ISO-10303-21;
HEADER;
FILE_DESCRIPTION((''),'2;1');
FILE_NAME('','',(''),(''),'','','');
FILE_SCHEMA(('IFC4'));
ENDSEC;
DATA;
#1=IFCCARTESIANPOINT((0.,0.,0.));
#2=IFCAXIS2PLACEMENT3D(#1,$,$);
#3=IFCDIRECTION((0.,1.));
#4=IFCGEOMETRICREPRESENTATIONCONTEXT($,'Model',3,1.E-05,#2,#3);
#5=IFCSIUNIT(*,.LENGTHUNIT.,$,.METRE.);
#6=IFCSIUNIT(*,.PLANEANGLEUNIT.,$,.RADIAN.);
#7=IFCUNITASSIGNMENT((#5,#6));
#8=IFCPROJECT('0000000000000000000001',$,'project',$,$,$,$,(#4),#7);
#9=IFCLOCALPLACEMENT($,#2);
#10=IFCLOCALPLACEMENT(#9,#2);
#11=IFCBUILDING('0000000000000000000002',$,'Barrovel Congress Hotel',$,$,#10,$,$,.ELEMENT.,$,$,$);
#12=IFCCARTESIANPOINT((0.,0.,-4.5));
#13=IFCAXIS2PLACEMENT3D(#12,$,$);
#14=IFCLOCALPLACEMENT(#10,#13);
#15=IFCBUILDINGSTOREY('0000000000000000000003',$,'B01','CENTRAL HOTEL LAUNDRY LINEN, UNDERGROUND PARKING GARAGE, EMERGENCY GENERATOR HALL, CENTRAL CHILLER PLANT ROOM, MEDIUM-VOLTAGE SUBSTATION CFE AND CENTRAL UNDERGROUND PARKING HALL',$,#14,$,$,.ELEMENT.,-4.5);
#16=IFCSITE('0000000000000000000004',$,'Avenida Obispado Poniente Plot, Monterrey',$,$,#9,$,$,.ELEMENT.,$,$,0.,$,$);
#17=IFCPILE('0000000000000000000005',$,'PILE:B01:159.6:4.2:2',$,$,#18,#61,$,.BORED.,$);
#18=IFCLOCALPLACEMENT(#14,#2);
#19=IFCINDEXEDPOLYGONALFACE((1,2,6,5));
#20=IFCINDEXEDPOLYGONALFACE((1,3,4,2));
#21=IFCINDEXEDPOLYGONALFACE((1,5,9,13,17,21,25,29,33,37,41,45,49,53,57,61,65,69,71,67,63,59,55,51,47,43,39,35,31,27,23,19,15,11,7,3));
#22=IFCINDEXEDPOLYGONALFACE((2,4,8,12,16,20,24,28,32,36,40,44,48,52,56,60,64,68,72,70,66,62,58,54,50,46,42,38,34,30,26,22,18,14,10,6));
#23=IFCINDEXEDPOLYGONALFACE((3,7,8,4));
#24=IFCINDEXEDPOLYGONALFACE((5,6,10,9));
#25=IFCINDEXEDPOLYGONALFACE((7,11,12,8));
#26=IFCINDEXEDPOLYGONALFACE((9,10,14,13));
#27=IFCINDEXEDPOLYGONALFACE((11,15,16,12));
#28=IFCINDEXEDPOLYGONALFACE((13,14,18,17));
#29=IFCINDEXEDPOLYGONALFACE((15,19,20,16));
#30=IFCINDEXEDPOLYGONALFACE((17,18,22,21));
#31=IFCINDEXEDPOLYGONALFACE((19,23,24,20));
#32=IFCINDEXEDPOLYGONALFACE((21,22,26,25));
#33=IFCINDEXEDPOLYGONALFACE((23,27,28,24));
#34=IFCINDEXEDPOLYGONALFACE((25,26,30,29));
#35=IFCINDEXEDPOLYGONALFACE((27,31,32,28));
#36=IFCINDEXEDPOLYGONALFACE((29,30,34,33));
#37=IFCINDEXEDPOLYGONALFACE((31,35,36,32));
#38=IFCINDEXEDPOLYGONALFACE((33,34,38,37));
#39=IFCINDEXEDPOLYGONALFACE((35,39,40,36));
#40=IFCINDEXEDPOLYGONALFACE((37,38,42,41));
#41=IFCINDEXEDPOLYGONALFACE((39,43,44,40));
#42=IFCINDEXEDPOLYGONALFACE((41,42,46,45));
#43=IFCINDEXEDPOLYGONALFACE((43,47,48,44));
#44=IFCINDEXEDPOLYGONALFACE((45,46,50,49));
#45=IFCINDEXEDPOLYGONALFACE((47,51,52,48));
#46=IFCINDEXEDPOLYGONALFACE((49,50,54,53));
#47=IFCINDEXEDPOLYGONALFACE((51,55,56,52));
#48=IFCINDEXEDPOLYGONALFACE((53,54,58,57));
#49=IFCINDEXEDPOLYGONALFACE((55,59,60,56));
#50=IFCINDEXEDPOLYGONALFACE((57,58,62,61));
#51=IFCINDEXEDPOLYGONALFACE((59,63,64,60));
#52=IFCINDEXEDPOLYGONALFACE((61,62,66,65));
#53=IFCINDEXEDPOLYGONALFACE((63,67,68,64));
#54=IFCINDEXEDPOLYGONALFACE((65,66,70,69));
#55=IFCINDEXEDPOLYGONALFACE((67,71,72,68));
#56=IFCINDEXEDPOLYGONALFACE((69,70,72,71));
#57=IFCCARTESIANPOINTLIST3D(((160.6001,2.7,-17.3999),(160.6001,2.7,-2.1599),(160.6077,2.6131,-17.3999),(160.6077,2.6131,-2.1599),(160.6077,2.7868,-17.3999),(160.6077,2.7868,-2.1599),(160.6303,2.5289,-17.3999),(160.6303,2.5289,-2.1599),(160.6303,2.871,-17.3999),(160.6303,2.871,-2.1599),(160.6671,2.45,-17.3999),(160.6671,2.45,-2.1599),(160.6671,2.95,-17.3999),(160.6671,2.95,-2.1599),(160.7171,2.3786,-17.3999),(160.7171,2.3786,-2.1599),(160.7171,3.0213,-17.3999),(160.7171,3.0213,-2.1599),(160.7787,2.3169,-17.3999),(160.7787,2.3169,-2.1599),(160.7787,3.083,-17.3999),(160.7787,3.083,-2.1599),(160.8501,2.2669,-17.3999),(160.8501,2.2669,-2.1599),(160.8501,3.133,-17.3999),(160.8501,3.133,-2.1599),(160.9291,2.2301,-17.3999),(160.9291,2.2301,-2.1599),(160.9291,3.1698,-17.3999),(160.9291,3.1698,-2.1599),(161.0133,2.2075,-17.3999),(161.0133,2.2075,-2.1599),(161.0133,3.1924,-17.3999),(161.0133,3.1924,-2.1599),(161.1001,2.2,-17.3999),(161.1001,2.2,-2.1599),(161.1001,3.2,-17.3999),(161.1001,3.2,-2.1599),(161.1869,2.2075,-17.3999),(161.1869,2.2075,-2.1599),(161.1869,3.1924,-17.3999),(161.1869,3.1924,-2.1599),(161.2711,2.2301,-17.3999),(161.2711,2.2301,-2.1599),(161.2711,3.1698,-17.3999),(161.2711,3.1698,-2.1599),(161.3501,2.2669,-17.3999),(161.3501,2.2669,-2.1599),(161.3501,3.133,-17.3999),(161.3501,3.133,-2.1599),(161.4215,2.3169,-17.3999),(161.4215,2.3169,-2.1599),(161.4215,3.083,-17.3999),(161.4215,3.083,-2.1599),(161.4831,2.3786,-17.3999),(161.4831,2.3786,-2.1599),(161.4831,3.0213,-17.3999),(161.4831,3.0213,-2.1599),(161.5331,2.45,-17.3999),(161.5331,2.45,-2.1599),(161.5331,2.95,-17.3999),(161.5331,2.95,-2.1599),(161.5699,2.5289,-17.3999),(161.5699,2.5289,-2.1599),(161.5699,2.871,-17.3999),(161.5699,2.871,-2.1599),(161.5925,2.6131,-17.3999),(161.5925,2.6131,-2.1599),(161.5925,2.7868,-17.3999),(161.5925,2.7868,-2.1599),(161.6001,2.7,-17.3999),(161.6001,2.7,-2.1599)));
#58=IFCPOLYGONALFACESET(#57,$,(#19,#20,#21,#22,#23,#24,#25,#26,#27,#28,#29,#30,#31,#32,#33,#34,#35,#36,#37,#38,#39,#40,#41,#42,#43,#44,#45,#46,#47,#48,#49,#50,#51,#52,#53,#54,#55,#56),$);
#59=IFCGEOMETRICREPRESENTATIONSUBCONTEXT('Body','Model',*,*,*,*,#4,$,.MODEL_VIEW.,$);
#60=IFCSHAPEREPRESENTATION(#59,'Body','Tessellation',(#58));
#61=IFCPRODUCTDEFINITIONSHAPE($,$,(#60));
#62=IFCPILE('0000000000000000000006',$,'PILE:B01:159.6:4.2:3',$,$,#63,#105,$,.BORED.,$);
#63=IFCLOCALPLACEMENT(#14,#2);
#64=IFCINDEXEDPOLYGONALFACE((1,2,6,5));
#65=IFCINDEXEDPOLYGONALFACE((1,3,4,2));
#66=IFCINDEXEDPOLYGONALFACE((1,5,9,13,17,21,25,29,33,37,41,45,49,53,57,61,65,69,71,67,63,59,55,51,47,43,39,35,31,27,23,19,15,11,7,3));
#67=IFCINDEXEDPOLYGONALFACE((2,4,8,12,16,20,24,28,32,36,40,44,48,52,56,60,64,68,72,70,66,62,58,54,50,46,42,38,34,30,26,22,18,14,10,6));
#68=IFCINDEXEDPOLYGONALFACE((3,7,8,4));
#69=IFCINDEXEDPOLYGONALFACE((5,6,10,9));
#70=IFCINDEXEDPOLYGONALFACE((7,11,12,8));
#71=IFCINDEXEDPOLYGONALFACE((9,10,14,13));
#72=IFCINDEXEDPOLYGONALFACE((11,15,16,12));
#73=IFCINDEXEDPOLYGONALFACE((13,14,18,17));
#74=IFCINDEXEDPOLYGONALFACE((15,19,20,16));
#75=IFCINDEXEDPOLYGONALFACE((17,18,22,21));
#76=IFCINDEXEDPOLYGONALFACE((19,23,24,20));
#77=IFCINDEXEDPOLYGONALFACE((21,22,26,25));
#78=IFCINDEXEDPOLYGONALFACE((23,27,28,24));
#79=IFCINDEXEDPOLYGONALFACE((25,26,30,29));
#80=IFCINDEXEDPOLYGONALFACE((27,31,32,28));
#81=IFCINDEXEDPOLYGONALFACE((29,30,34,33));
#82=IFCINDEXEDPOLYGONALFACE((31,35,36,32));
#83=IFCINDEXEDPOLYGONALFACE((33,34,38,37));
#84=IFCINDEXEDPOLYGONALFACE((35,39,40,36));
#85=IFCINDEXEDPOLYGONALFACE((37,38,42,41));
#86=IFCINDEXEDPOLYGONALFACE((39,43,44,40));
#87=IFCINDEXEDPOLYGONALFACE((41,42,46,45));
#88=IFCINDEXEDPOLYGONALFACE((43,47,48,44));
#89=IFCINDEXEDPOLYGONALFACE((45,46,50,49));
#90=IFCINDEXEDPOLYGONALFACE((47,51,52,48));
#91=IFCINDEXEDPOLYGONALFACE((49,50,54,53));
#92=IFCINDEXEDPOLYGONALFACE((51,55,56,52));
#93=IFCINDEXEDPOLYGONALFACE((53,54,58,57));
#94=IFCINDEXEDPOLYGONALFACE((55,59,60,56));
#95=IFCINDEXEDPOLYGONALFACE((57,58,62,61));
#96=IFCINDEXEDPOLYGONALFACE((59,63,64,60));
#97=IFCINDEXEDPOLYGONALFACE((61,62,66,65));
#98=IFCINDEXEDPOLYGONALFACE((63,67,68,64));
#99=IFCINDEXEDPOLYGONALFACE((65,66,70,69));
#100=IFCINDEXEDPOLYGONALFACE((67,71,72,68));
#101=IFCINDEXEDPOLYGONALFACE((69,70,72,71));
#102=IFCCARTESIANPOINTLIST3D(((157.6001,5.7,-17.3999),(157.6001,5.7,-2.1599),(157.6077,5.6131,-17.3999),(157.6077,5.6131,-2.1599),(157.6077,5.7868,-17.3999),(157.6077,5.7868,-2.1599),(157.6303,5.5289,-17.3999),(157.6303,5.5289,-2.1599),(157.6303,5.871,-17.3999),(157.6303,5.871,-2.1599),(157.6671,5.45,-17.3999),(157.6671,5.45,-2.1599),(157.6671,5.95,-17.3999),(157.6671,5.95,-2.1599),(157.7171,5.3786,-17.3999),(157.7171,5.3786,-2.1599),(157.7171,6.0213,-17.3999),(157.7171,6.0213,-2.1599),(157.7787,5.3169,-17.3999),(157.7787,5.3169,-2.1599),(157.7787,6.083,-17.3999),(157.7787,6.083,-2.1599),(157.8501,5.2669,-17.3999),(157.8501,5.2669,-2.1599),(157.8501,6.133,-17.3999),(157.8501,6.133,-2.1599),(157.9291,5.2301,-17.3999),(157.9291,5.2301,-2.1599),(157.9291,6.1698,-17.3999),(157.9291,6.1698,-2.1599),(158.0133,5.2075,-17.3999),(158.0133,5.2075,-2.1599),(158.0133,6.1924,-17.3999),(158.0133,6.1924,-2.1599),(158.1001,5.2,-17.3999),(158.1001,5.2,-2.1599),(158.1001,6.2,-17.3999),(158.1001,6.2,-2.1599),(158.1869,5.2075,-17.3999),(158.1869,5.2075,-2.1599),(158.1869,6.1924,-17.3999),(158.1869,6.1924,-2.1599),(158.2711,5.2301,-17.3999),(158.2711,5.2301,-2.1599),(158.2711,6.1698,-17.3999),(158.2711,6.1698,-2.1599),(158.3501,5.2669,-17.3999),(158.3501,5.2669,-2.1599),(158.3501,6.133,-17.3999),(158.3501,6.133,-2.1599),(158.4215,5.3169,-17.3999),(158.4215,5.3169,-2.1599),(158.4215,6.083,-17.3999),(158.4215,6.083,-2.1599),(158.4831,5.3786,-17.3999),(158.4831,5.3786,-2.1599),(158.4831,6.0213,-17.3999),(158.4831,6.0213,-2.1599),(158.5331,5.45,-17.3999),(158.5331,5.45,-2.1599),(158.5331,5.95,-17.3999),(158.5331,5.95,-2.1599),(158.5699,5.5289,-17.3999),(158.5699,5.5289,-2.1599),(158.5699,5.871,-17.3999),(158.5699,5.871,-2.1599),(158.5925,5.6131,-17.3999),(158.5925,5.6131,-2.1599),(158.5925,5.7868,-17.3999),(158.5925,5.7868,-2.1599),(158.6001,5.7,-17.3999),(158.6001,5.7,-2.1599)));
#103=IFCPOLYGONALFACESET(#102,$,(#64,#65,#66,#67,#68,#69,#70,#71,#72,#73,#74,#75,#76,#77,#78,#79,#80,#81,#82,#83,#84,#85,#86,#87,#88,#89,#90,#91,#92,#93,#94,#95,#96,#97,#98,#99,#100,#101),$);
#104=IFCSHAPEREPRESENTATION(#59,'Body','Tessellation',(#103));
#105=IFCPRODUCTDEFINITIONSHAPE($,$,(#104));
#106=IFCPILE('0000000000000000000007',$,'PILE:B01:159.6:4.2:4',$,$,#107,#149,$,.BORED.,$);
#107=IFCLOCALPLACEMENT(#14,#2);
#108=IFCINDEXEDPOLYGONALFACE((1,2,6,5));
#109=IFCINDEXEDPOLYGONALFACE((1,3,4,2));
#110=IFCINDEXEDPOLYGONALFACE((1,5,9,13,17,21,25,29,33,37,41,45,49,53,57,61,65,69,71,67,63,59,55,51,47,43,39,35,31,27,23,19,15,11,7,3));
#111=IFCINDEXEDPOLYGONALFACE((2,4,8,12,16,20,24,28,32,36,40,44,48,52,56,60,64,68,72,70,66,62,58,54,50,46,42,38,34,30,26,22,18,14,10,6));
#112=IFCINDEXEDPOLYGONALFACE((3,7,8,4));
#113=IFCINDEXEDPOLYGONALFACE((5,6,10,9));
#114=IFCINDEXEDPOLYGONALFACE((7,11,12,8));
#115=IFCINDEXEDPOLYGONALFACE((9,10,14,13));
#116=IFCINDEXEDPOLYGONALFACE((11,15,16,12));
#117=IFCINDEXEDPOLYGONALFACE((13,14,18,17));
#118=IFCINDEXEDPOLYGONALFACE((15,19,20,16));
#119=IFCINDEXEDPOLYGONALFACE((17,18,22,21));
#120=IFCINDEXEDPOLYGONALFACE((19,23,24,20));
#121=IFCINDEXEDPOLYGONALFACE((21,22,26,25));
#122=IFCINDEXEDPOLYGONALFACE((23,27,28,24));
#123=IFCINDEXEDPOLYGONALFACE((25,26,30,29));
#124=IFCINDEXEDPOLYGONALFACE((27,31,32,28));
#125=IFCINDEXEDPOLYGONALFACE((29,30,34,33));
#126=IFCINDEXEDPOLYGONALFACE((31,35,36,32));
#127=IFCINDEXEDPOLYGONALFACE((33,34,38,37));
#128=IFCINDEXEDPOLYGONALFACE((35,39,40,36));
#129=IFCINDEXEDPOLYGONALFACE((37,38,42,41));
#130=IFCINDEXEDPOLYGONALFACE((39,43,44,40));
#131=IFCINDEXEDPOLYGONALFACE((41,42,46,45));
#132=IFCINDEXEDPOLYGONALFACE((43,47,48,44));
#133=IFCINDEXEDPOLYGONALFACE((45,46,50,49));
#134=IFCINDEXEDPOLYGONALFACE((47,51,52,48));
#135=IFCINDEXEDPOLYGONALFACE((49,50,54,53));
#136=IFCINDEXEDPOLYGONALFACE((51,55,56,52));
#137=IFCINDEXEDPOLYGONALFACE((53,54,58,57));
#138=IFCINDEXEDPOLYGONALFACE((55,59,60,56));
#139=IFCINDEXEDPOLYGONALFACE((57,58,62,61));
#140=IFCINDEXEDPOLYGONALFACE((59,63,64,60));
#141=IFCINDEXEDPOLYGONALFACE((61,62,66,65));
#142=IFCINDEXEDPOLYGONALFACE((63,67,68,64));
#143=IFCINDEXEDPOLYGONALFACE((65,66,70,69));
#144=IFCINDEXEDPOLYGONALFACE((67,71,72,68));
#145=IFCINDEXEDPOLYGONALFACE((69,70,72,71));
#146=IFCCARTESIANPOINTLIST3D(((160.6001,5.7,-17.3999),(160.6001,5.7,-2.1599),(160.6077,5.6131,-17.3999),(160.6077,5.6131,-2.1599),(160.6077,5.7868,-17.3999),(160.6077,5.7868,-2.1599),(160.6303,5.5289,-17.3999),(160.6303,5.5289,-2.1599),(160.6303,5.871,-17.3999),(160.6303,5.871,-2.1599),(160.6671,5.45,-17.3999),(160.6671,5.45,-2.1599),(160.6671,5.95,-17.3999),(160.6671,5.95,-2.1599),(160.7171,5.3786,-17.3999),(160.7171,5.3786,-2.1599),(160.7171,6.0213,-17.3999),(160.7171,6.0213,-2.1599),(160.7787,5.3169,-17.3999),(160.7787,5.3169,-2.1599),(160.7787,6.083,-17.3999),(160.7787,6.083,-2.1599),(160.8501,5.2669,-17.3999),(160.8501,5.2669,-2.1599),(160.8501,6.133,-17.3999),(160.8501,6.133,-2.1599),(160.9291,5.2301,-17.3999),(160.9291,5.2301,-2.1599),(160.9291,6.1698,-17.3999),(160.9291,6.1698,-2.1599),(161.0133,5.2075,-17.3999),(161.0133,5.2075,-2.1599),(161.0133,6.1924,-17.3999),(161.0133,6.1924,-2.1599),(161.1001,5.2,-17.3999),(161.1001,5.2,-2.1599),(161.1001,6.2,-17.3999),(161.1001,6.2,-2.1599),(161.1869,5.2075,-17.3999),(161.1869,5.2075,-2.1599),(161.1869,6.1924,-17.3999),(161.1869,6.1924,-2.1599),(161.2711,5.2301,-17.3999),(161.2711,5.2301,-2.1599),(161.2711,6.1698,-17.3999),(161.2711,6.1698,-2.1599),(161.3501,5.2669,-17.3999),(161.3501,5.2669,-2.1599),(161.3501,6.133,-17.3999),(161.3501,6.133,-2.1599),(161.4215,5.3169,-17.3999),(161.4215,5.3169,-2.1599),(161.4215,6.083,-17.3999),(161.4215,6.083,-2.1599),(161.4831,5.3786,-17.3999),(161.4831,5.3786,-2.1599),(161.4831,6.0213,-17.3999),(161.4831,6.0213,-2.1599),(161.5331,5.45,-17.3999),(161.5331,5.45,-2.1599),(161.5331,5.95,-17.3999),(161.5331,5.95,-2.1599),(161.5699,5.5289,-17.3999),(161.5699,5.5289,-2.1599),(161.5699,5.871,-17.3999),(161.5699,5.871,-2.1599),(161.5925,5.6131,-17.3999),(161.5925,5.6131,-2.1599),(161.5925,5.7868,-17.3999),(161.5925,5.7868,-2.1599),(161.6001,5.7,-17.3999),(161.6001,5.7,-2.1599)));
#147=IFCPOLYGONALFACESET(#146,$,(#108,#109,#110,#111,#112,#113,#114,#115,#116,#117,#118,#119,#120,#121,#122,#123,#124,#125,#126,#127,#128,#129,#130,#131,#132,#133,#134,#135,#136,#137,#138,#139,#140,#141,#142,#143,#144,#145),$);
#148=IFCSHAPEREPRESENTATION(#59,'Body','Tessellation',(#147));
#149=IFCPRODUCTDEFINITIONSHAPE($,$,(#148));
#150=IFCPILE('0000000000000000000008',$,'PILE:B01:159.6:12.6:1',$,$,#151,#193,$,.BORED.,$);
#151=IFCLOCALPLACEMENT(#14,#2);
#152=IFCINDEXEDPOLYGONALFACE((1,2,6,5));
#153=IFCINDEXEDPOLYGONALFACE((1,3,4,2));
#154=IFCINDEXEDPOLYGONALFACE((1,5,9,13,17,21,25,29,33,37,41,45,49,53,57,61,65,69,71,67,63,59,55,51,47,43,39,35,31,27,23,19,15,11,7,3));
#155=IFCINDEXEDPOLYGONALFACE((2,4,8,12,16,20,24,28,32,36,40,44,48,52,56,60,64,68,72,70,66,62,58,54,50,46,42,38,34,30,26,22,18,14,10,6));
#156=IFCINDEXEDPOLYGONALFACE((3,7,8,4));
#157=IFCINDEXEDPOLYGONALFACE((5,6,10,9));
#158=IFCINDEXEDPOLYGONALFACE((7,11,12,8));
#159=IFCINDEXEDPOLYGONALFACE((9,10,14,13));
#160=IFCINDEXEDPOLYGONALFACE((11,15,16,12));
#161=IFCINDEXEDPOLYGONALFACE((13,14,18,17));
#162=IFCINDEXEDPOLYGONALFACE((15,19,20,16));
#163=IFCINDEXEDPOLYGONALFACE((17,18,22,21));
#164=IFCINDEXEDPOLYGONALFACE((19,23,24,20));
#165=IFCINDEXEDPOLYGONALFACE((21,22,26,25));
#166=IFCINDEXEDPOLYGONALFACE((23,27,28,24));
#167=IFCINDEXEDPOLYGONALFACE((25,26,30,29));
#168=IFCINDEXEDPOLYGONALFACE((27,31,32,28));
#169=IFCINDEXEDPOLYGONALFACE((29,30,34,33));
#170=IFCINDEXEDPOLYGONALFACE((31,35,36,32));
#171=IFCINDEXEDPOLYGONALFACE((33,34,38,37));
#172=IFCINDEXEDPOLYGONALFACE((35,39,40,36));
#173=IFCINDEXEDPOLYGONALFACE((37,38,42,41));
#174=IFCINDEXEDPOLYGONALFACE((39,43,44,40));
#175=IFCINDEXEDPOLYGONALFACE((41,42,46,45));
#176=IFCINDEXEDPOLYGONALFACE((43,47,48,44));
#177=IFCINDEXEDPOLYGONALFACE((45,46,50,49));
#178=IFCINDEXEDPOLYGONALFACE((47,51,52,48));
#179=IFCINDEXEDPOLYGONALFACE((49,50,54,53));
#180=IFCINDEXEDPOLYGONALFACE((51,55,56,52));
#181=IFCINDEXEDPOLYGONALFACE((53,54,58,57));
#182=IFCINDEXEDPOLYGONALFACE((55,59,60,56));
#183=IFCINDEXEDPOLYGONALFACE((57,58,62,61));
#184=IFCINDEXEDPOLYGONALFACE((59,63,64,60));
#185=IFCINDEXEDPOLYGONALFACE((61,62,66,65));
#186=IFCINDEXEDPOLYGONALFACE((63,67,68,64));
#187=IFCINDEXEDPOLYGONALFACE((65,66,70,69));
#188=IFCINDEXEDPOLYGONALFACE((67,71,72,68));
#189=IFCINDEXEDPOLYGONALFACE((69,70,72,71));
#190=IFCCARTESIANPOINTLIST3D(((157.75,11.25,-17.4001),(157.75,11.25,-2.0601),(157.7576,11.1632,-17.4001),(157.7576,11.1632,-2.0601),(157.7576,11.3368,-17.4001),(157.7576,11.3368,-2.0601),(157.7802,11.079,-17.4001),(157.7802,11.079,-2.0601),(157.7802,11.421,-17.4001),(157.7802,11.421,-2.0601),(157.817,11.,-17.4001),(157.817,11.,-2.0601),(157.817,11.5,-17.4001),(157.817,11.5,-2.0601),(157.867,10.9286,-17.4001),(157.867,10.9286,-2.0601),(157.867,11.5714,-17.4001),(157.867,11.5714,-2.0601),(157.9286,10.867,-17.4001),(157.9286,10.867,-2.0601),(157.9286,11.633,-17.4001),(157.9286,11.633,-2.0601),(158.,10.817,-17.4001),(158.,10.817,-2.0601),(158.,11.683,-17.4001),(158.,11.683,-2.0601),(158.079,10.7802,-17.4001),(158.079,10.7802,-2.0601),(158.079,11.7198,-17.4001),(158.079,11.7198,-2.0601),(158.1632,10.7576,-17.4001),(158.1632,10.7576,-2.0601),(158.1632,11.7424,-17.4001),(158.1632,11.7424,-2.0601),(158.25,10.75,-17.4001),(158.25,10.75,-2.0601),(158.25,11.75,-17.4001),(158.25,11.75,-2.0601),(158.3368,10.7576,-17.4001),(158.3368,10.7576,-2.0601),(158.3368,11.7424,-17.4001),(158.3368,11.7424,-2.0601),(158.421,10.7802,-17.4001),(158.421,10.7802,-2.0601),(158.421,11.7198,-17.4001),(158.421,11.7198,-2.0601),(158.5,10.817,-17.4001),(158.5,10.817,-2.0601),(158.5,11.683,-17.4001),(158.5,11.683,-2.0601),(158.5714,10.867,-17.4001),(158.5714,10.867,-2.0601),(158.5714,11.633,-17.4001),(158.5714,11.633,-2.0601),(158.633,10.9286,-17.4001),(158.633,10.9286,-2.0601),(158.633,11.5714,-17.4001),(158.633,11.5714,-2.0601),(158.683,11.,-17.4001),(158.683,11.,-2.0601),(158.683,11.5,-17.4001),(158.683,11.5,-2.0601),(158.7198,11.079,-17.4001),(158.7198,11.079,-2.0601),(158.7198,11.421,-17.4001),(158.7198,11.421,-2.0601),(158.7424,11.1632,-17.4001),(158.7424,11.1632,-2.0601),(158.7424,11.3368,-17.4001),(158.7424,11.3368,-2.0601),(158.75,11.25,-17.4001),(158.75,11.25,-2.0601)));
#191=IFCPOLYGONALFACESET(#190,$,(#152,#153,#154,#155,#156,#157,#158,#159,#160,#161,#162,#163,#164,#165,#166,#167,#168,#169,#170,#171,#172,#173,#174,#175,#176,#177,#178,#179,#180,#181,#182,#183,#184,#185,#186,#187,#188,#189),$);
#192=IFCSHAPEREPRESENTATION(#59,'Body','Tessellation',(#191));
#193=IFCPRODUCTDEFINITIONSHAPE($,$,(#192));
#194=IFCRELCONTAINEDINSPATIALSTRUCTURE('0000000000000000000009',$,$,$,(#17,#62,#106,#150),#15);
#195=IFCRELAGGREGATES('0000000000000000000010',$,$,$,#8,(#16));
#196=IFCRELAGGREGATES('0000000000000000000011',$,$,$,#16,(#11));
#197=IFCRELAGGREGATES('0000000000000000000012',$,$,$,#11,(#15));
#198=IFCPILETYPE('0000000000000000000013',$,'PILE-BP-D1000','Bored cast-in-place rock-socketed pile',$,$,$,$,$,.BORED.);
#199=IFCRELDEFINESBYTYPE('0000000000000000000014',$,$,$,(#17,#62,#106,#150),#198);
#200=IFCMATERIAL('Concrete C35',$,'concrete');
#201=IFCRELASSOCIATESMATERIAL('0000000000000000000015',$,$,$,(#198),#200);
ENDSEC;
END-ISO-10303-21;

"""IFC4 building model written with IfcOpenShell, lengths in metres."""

from ifc_helpers import new_model, si_unit, direction, frame, origin, origin_2d, place, context, subcontext, project, spatial, circle, extrude, material, material_profile, profile_set, type_object, element, save


model = new_model("IFC4")

# Units and contexts
model_context = context("Model", 3, precision=1e-05, world=origin(), true_north=direction((0.0, 1.0)))
body_context = subcontext(model_context, "Body", "Model", "MODEL_VIEW")
ifc_project = project(units=[si_unit("LENGTHUNIT", "METRE"), si_unit("PLANEANGLEUNIT", "RADIAN")], contexts=[model_context])

# Site, building, storey
site_placement = place(None, origin())
site = spatial("IfcSite", under=ifc_project, at=site_placement, Name="Avenida Obispado Poniente Plot, Monterrey", CompositionType="ELEMENT", RefElevation=0.0)
building_placement = place(site_placement, origin())
building = spatial("IfcBuilding", under=site, at=building_placement, Name="Barrovel Congress Hotel", CompositionType="ELEMENT")
storey_placement = place(building_placement, frame((0.0, 0.0, -4.5)))
storey = spatial("IfcBuildingStorey", under=building, at=storey_placement, Name="B01", Description="CENTRAL HOTEL LAUNDRY LINEN, UNDERGROUND PARKING GARAGE, EMERGENCY GENERATOR HALL, CENTRAL CHILLER PLANT ROOM, MEDIUM-VOLTAGE SUBSTATION CFE AND CENTRAL UNDERGROUND PARKING HALL", CompositionType="ELEMENT", Elevation=-4.5)

# Piles
ifc_material_1 = material(Name="Concrete C35", Category="concrete")
ifc_material_profile_1 = material_profile(ifc_material_1, circle(Radius=0.5, at=origin_2d()), Name="BP-D1000")
ifc_profile_set_1 = profile_set([ifc_material_profile_1], Name="Concrete C35")
pile_type_1 = type_object("IfcPileType", Name="PILE-BP-D1000", Description="Bored cast-in-place rock-socketed pile", PredefinedType="BORED", material=ifc_profile_set_1)
for number, where, z_axis, x_axis, name in (
    (1, (161.1001, 2.7, -2.1599), (0.0, 0.0, -1.0), (1.0, 0.0, 0.0), "PILE:B01:159.6:4.2:2"),
    (2, (158.1001, 5.7, -2.1599), (0.0, 0.0, -1.0), (1.0, 0.0, 0.0), "PILE:B01:159.6:4.2:3"),
    (3, (161.1001, 5.7, -2.1599), (0.0, 0.0, -1.0), (1.0, 0.0, 0.0), "PILE:B01:159.6:4.2:4"),
):
    element("IfcPile", number, at=place(storey_placement, frame(where, z_axis=z_axis, x_axis=x_axis)), inside=storey, type_object=pile_type_1, Name=name, PredefinedType="BORED", context=body_context, shape_type="SweptSolid", body=[
        extrude(circle(Radius=0.5, at=origin_2d()), origin(), (0.0, 0.0, 1.0), 15.24),
    ])
for number, where, z_axis, x_axis, name in (
    (4, (158.25, 11.25, -2.0601), (0.0, 0.0, -1.0), (1.0, 0.0, 0.0), "PILE:B01:159.6:12.6:1"),
):
    element("IfcPile", number, at=place(storey_placement, frame(where, z_axis=z_axis, x_axis=x_axis)), inside=storey, type_object=pile_type_1, Name=name, PredefinedType="BORED", context=body_context, shape_type="SweptSolid", body=[
        extrude(circle(Radius=0.5, at=origin_2d()), origin(), (0.0, 0.0, 1.0), 15.3401),
    ])

save(model, "model.ifc")
